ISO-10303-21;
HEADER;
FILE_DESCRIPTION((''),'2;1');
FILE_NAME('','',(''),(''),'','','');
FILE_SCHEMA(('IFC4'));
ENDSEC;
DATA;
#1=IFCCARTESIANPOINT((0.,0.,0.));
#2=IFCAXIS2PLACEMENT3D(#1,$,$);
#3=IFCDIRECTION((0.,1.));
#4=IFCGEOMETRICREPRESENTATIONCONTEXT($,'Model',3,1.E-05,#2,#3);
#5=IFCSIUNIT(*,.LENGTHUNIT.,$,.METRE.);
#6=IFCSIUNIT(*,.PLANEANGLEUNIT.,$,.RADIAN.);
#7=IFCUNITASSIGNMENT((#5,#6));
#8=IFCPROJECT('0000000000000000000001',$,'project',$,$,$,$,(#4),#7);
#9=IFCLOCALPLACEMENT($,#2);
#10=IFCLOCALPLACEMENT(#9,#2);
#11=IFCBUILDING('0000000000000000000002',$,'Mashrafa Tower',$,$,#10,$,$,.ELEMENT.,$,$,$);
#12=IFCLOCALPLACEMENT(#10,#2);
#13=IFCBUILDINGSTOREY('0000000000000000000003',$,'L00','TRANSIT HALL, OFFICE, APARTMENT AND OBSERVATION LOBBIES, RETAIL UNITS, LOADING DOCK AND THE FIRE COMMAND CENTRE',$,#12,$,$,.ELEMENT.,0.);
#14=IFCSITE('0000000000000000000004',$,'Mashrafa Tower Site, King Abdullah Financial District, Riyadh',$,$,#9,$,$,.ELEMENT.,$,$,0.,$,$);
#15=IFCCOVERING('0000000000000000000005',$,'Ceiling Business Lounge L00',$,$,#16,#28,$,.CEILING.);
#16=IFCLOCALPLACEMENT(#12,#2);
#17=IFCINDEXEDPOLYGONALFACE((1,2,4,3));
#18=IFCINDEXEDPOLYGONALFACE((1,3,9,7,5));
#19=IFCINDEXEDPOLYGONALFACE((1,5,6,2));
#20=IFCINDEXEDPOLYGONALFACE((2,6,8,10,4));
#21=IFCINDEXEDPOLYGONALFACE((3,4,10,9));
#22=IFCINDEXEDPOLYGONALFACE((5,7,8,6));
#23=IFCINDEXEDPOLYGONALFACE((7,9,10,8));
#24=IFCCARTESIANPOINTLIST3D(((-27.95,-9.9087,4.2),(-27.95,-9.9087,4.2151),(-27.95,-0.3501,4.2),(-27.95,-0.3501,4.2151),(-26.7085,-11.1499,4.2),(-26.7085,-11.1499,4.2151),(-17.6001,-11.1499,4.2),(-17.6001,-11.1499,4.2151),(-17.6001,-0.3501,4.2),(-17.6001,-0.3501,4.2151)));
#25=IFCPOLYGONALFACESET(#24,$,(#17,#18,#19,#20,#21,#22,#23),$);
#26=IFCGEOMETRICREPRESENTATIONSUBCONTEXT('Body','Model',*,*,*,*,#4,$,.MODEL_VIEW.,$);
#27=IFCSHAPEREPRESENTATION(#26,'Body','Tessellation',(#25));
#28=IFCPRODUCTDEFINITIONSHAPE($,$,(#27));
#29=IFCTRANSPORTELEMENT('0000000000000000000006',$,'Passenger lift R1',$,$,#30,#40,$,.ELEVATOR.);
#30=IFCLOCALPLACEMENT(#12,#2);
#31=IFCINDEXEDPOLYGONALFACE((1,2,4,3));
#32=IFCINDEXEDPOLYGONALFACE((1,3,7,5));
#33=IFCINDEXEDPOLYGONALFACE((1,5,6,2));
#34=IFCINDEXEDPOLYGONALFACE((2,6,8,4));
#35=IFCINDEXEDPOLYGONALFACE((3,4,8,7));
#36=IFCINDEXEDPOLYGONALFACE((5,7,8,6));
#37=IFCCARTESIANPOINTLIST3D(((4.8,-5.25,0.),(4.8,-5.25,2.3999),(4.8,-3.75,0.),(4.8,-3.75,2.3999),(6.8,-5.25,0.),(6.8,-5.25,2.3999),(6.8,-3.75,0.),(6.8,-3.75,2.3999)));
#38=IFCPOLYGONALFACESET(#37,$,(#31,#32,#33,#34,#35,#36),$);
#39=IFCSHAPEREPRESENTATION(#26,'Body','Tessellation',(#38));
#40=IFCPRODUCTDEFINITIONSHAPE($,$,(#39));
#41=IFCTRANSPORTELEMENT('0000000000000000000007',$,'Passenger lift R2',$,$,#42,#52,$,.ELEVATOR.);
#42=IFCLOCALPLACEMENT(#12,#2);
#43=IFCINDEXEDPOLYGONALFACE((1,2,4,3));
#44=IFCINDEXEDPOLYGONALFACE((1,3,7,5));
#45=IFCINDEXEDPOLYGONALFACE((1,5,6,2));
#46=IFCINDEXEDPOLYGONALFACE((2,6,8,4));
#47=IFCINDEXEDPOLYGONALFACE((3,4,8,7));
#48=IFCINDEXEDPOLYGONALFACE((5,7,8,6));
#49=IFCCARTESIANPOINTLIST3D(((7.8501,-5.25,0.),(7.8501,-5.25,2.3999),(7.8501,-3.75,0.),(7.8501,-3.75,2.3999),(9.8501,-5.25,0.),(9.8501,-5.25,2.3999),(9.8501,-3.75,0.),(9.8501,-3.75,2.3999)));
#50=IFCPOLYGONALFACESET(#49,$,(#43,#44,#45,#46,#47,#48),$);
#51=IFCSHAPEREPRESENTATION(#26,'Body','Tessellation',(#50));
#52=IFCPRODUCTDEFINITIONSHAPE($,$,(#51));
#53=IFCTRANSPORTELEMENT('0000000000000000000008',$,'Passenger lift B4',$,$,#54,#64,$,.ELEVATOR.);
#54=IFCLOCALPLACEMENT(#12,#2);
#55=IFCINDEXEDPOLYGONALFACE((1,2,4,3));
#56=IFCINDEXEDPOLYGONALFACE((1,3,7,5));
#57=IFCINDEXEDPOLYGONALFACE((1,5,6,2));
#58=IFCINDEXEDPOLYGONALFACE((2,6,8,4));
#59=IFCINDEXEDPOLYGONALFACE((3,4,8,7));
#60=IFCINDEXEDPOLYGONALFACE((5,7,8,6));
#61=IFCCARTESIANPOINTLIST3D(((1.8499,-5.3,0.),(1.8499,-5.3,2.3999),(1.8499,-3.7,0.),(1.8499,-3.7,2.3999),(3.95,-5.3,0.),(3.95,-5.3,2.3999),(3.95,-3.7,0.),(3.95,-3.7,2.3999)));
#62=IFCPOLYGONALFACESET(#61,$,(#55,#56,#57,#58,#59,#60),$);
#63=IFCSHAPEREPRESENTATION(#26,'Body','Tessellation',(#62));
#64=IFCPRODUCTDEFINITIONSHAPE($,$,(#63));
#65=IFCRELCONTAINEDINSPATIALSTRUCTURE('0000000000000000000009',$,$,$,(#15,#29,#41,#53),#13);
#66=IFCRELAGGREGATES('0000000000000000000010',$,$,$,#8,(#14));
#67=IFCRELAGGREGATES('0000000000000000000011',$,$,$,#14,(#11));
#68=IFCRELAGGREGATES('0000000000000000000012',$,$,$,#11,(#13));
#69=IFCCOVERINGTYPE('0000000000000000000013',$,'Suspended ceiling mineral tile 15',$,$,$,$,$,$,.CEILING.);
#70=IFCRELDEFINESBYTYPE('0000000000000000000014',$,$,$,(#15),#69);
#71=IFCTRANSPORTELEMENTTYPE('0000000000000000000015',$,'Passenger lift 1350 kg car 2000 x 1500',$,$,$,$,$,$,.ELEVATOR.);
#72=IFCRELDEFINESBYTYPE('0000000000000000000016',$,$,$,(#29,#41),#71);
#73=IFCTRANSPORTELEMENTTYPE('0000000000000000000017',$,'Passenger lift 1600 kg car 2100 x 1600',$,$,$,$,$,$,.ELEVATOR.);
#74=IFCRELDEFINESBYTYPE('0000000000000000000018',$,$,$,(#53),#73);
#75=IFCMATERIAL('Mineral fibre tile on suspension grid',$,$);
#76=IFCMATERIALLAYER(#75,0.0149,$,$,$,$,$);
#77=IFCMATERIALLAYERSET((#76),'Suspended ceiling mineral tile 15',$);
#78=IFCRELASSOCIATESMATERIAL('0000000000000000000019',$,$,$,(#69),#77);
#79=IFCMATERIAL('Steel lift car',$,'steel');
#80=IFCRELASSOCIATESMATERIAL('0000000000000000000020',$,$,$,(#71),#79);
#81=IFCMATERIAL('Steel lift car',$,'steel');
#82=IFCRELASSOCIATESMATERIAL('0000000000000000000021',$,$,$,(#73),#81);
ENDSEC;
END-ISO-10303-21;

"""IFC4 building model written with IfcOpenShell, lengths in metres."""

from ifc_helpers import new_model, si_unit, direction, frame, origin, origin_2d, place, context, subcontext, project, spatial, polyline, rectangle, outline, extrude, material, layer, layer_set, type_object, element, save


model = new_model("IFC4")

# Units and contexts
model_context = context("Model", 3, precision=1e-05, world=origin(), true_north=direction((0.0, 1.0)))
body_context = subcontext(model_context, "Body", "Model", "MODEL_VIEW")
ifc_project = project(units=[si_unit("LENGTHUNIT", "METRE"), si_unit("PLANEANGLEUNIT", "RADIAN")], contexts=[model_context])

# Site, building, storey
site_placement = place(None, origin())
site = spatial("IfcSite", under=ifc_project, at=site_placement, Name="Mashrafa Tower Site, King Abdullah Financial District, Riyadh", CompositionType="ELEMENT", RefElevation=0.0)
building_placement = place(site_placement, origin())
building = spatial("IfcBuilding", under=site, at=building_placement, Name="Mashrafa Tower", CompositionType="ELEMENT")
storey_placement = place(building_placement, origin())
storey = spatial("IfcBuildingStorey", under=building, at=storey_placement, Name="L00", Description="TRANSIT HALL, OFFICE, APARTMENT AND OBSERVATION LOBBIES, RETAIL UNITS, LOADING DOCK AND THE FIRE COMMAND CENTRE", CompositionType="ELEMENT", Elevation=0.0)

# Covering
ifc_material_1 = material(Name="Mineral fibre tile on suspension grid")
ifc_layer_1 = layer(ifc_material_1, 0.0149)
ifc_layer_set_1 = layer_set([ifc_layer_1], Name="Suspended ceiling mineral tile 15")
covering_type_1 = type_object("IfcCoveringType", Name="Suspended ceiling mineral tile 15", PredefinedType="CEILING", material=ifc_layer_set_1)
covering_1_placement = place(storey_placement, frame((0.0, 0.0, 4.2)))
element("IfcCovering", 1, at=covering_1_placement, inside=storey, type_object=covering_type_1, Name="Ceiling Business Lounge L00", PredefinedType="CEILING", context=body_context, shape_type="SweptSolid", body=[
    extrude(outline(polyline([(-17.6001, -0.3501), (-17.6001, -11.1499), (-26.7085, -11.1499), (-27.95, -9.9087), (-27.95, -0.3501), (-17.6001, -0.3501)])), origin(), (0.0, 0.0, 1.0), 0.0151),
])

# Transport elements
ifc_material_2 = material(Name="Steel lift car", Category="steel")
transport_element_type_1 = type_object("IfcTransportElementType", Name="Passenger lift 1350 kg car 2000 x 1500", PredefinedType="ELEVATOR", material=ifc_material_2)
for number, where, z_axis, x_axis, name in (
    (2, (5.8, -4.5, 0.0), (0.0, 0.0, 1.0), (1.0, 0.0, 0.0), "Passenger lift R1"),
    (3, (8.8501, -4.5, 0.0), (0.0, 0.0, 1.0), (1.0, 0.0, 0.0), "Passenger lift R2"),
):
    element("IfcTransportElement", number, at=place(storey_placement, frame(where, z_axis=z_axis, x_axis=x_axis)), inside=storey, type_object=transport_element_type_1, Name=name, PredefinedType="ELEVATOR", context=body_context, shape_type="SweptSolid", body=[
        extrude(rectangle(XDim=2.0, YDim=1.5, at=origin_2d()), origin(), (0.0, 0.0, 1.0), 2.3999),
    ])
ifc_material_3 = material(Name="Steel lift car", Category="steel")
transport_element_type_2 = type_object("IfcTransportElementType", Name="Passenger lift 1600 kg car 2100 x 1600", PredefinedType="ELEVATOR", material=ifc_material_3)
transport_element_placement = place(storey_placement, frame((2.8999, -4.5, 0.0), z_axis=(0.0, 0.0, 1.0), x_axis=(1.0, 0.0, 0.0)))
element("IfcTransportElement", 4, at=transport_element_placement, inside=storey, type_object=transport_element_type_2, Name="Passenger lift B4", PredefinedType="ELEVATOR", context=body_context, shape_type="SweptSolid", body=[
    extrude(rectangle(XDim=2.1001, YDim=1.6001, at=origin_2d()), origin(), (0.0, 0.0, 1.0), 2.3999),
])

save(model, "model.ifc")
